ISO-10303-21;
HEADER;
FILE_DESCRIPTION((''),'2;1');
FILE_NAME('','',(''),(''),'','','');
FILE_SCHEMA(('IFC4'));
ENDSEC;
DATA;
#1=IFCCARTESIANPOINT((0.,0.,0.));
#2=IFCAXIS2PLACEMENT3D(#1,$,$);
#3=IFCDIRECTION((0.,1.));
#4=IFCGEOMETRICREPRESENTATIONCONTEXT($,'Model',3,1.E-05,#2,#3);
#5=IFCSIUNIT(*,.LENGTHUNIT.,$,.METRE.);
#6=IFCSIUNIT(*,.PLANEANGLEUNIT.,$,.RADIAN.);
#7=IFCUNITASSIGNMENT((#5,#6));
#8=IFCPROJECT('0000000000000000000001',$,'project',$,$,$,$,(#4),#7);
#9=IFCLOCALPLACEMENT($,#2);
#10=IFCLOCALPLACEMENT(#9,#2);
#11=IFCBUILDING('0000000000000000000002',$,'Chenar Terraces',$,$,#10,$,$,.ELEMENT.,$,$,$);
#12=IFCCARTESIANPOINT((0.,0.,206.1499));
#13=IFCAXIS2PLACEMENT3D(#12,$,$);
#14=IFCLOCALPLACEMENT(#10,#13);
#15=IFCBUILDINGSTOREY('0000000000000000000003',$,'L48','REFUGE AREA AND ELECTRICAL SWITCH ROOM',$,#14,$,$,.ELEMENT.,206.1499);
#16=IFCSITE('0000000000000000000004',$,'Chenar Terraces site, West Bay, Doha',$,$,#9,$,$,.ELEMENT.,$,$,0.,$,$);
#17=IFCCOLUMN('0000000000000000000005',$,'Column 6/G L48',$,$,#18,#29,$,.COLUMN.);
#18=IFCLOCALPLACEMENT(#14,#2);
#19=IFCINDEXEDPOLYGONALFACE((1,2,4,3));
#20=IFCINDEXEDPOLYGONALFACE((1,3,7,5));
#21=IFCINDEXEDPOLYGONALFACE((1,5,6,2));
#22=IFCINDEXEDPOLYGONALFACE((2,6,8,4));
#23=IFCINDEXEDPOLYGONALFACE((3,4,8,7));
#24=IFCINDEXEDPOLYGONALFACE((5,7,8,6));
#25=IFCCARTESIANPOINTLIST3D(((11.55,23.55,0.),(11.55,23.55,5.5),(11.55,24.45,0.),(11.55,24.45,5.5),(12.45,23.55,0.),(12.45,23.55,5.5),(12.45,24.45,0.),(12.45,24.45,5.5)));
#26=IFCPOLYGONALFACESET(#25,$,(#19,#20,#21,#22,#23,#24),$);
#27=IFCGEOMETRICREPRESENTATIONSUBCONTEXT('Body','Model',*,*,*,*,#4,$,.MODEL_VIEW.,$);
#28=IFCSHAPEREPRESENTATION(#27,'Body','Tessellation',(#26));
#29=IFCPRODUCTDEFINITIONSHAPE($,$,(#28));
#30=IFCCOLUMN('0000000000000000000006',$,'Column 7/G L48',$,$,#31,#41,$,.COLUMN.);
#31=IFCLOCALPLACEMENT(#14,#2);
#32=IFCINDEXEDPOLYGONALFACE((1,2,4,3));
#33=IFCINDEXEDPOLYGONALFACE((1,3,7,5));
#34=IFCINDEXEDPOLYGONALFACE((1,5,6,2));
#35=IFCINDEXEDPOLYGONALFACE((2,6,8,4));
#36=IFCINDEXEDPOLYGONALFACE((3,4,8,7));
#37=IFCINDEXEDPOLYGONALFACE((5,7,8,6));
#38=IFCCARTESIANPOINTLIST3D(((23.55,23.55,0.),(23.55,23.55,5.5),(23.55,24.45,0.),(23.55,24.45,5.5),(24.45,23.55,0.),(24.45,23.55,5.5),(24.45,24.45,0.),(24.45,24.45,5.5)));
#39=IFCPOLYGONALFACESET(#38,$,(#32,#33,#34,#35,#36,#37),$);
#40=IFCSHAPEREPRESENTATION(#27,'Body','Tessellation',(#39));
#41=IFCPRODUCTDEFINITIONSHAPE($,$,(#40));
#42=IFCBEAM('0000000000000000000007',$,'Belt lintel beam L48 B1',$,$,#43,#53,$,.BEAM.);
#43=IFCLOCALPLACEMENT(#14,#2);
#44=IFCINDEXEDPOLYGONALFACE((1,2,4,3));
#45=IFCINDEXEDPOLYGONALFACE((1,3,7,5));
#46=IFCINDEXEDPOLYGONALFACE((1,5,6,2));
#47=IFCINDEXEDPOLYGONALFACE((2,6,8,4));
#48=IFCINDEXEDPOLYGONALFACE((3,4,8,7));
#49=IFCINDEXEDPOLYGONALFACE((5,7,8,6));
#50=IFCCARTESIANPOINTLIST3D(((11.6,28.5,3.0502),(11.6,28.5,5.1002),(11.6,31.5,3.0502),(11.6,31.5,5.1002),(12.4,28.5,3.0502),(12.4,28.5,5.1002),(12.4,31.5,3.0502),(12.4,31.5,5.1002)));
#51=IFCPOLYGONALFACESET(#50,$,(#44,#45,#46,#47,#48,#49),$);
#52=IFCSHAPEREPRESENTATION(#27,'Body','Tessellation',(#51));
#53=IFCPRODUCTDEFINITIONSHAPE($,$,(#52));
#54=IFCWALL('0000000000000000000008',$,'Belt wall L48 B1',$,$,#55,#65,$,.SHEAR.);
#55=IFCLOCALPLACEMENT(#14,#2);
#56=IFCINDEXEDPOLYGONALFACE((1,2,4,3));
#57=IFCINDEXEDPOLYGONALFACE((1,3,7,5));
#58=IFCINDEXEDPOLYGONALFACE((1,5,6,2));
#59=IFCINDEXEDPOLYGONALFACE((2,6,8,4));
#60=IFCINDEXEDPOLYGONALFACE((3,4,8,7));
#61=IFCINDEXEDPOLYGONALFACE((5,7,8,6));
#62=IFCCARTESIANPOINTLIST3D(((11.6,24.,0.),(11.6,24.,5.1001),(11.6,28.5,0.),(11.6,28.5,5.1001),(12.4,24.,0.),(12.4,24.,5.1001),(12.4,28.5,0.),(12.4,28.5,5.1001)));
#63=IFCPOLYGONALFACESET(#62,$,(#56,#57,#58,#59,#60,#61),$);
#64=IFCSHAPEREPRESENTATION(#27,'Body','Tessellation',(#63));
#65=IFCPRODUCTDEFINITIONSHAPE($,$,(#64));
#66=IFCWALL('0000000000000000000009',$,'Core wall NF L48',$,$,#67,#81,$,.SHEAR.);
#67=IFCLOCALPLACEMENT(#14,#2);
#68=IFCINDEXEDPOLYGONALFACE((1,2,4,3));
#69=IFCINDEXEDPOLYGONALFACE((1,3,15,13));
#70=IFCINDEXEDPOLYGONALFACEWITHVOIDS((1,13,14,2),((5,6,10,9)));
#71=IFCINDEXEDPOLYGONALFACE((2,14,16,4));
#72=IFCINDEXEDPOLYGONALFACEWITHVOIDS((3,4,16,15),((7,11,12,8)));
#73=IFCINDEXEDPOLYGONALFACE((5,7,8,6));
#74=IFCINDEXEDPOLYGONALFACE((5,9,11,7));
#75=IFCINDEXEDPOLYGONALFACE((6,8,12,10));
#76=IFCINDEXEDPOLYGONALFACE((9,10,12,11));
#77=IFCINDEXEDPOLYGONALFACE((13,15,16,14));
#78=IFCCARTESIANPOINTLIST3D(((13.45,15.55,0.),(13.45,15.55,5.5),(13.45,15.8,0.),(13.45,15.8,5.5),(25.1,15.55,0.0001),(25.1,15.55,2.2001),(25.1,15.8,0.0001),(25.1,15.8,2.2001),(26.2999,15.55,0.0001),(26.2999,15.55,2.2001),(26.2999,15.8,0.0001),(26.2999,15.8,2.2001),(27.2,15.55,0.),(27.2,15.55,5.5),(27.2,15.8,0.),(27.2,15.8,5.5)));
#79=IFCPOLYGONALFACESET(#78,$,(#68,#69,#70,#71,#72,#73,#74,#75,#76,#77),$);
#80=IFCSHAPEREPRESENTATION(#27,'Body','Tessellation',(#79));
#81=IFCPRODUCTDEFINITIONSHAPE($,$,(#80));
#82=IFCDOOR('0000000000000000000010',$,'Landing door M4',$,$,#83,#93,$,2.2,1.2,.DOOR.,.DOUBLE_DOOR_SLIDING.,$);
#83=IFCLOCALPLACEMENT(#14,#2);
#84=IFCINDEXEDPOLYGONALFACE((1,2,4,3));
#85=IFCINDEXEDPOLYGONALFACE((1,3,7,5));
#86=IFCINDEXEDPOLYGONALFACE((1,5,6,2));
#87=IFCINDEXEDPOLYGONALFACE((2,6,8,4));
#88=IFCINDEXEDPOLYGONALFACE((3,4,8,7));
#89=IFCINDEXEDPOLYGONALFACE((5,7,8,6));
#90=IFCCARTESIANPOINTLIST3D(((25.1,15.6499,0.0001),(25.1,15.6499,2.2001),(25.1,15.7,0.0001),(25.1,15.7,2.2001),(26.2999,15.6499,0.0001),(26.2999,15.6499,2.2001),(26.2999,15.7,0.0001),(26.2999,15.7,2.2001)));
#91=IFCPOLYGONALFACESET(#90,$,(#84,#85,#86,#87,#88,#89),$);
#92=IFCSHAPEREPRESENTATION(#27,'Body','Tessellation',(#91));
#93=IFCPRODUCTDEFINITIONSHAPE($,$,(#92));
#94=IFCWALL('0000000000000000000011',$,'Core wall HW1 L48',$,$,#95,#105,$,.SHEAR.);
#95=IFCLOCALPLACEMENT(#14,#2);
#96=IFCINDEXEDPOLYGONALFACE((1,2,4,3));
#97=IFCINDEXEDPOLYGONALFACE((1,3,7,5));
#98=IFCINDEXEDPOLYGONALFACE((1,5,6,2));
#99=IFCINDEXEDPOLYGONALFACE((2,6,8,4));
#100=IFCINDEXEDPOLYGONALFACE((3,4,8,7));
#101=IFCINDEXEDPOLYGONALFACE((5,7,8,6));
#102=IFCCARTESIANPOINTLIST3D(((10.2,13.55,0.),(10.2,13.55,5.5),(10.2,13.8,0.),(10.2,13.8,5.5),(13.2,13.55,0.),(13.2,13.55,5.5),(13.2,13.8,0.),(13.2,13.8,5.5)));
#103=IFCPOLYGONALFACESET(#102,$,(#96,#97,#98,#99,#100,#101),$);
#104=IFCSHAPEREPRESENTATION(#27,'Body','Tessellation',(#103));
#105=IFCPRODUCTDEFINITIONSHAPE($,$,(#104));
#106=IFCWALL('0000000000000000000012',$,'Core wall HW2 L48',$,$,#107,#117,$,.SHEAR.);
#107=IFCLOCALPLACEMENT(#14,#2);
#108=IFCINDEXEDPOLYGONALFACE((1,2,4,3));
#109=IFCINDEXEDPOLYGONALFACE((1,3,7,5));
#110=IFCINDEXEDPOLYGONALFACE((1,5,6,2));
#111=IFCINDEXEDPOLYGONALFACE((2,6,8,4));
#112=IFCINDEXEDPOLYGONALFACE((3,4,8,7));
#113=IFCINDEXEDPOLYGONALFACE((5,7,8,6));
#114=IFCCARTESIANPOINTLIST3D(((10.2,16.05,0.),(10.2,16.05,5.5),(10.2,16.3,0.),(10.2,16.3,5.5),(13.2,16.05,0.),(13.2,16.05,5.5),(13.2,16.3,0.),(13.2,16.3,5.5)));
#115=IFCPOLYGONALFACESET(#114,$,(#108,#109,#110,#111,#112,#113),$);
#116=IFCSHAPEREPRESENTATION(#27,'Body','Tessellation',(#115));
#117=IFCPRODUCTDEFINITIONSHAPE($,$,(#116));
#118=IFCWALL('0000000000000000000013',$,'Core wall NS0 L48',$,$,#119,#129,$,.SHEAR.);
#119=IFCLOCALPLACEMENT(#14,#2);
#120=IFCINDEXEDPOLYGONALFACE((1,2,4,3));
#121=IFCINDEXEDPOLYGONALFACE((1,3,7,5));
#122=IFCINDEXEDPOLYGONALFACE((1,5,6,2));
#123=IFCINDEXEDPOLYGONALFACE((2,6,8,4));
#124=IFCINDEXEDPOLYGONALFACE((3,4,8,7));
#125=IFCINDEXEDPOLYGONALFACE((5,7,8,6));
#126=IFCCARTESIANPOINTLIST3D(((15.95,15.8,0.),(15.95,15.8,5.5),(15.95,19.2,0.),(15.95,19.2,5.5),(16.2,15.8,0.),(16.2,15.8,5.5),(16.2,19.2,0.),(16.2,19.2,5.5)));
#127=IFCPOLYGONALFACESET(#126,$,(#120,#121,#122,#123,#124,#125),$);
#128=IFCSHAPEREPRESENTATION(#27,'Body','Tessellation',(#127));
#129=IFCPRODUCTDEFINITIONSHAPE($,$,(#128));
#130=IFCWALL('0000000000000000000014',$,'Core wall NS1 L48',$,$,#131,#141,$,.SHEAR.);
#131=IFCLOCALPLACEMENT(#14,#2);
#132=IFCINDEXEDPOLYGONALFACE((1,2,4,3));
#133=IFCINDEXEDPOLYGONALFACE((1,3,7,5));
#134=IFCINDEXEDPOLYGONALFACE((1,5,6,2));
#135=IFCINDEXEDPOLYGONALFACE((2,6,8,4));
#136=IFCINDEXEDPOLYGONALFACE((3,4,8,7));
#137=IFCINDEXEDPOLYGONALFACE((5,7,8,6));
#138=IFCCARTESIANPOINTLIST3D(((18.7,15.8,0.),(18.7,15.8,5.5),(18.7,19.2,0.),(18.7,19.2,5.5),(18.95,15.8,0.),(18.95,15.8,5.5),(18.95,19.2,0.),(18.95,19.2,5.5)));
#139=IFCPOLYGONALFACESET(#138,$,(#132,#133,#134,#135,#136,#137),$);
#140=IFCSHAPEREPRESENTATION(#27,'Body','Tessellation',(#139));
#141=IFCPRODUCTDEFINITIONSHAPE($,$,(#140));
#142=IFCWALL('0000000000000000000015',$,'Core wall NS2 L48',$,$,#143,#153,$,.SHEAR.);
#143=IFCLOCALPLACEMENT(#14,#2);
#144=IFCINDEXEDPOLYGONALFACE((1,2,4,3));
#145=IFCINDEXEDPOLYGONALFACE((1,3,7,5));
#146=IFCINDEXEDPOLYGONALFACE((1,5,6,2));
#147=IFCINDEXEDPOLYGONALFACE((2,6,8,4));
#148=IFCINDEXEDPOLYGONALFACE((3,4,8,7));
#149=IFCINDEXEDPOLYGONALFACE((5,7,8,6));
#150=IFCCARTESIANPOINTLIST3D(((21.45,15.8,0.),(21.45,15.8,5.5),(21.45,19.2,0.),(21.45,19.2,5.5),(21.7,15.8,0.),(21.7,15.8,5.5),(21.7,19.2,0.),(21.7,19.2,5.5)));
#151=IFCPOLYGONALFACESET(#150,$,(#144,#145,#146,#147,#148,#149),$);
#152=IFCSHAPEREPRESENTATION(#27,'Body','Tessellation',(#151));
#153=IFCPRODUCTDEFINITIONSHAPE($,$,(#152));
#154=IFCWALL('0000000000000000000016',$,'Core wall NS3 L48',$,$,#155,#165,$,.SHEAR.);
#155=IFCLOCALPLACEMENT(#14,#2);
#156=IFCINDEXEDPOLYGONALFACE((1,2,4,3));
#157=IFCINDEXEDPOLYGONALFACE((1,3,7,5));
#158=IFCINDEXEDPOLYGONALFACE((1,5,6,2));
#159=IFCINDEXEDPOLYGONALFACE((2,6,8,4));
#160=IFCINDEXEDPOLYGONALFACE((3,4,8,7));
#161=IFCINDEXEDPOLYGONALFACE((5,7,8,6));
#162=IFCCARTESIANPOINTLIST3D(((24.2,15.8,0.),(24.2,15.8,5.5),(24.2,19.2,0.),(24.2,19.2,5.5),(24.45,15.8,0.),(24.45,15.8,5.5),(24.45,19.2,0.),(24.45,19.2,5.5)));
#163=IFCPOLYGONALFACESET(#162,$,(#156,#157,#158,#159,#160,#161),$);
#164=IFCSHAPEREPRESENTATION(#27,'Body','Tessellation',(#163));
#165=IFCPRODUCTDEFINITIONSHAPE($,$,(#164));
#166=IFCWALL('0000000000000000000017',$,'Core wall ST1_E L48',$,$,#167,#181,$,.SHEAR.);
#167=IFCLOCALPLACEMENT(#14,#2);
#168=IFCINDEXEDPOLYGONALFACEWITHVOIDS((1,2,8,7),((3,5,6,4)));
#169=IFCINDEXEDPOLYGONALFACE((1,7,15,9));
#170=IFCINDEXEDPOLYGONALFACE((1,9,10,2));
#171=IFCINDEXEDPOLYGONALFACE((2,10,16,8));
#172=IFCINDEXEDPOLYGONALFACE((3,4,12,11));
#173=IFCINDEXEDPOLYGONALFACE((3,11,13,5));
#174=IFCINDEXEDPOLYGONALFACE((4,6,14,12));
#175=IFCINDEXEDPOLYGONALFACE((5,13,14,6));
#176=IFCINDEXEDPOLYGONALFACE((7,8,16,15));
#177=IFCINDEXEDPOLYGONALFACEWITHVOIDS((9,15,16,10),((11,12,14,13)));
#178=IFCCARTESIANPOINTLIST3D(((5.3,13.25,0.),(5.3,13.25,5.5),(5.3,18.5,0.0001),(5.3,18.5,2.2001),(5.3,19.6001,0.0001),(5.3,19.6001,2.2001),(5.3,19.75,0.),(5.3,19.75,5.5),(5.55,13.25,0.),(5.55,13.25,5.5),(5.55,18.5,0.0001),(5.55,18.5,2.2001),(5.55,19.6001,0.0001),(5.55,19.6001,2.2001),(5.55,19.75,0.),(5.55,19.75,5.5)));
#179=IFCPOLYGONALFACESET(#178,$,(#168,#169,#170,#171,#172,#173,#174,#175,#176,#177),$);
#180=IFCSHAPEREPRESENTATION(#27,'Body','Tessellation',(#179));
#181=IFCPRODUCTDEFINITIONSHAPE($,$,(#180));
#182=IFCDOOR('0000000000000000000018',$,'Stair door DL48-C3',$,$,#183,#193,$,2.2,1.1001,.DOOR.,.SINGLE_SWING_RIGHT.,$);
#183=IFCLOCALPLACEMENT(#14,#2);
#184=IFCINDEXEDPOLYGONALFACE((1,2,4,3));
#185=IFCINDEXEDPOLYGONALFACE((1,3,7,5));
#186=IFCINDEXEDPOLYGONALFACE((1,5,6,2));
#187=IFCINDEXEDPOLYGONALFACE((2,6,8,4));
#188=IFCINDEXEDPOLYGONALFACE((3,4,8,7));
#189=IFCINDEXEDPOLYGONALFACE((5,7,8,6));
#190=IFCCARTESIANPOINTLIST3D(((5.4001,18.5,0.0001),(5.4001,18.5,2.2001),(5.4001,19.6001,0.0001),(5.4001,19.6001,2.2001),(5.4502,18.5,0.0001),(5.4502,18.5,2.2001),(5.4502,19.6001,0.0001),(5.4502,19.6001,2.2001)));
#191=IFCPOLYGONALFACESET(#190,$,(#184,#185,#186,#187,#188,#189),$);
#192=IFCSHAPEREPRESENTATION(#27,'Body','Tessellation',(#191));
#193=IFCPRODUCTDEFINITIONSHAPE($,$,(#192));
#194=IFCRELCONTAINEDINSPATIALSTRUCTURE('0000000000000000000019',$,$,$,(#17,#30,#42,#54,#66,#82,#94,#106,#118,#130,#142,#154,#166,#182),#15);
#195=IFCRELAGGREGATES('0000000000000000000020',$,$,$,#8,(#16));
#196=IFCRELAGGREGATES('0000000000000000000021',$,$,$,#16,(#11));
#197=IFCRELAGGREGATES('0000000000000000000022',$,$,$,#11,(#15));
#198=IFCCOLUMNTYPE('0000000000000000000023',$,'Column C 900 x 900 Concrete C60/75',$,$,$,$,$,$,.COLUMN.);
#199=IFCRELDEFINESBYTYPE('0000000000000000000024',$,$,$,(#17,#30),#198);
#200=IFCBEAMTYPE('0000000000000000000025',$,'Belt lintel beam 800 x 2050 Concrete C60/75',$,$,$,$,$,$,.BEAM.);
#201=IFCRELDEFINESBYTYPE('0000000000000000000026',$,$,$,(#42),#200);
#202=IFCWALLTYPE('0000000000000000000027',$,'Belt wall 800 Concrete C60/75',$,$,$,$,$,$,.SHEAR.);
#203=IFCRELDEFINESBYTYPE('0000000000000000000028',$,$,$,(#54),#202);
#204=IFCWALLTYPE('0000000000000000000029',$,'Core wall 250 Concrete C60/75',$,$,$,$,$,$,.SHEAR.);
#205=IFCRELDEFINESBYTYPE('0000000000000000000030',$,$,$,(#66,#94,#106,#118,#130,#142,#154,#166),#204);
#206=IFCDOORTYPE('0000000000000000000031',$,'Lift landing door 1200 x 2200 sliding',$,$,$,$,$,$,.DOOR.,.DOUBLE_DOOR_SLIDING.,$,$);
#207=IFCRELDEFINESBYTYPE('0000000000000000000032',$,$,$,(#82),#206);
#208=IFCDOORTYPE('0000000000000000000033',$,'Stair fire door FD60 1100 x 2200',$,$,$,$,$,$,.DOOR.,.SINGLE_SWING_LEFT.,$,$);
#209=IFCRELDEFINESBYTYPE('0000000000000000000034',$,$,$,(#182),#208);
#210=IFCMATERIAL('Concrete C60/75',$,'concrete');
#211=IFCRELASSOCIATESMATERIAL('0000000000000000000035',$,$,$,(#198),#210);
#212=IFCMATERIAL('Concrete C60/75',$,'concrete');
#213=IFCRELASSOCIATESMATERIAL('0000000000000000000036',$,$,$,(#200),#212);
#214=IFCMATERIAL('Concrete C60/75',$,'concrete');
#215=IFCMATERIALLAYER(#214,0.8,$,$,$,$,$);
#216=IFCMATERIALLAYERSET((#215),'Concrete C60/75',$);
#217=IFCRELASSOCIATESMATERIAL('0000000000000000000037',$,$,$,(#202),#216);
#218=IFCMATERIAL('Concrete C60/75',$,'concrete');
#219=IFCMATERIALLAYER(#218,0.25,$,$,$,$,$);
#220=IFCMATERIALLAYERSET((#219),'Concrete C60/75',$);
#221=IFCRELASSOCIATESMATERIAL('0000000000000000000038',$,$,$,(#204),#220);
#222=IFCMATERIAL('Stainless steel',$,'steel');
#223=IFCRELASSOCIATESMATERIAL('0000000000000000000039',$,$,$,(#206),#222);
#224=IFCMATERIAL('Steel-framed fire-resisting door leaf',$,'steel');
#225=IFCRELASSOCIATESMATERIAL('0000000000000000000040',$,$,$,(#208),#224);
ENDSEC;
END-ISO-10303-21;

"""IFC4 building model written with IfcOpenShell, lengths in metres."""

from ifc_helpers import new_model, si_unit, direction, frame, frame_2d, origin, origin_2d, place, context, subcontext, project, spatial, rectangle, extrude, material, layer, layer_set, material_profile, profile_set, type_object, element, fill, save


model = new_model("IFC4")

# Units and contexts
model_context = context("Model", 3, precision=1e-05, world=origin(), true_north=direction((0.0, 1.0)))
body_context = subcontext(model_context, "Body", "Model", "MODEL_VIEW")
ifc_project = project(units=[si_unit("LENGTHUNIT", "METRE"), si_unit("PLANEANGLEUNIT", "RADIAN")], contexts=[model_context])

# Site, building, storey
site_placement = place(None, origin())
site = spatial("IfcSite", under=ifc_project, at=site_placement, Name="Chenar Terraces site, West Bay, Doha", CompositionType="ELEMENT", RefElevation=0.0)
building_placement = place(site_placement, origin())
building = spatial("IfcBuilding", under=site, at=building_placement, Name="Chenar Terraces", CompositionType="ELEMENT")
storey_placement = place(building_placement, frame((0.0, 0.0, 206.1499)))
storey = spatial("IfcBuildingStorey", under=building, at=storey_placement, Name="L48", Description="REFUGE AREA AND ELECTRICAL SWITCH ROOM", CompositionType="ELEMENT", Elevation=206.1499)

# Columns
ifc_material_1 = material(Name="Concrete C60/75", Category="concrete")
ifc_material_profile_1 = material_profile(ifc_material_1, rectangle(XDim=0.8999, YDim=0.8999, at=origin_2d()), Name="C 900 x 900")
ifc_profile_set_1 = profile_set([ifc_material_profile_1], Name="Concrete C60/75")
column_type = type_object("IfcColumnType", Name="Column C 900 x 900 Concrete C60/75", PredefinedType="COLUMN", material=ifc_profile_set_1)
for number, where, z_axis, x_axis, name in (
    (1, (12.0, 24.0, 0.0), (0.0, 0.0, 1.0), (1.0, 0.0, 0.0), "Column 6/G L48"),
    (2, (24.0, 24.0, 0.0), (0.0, 0.0, 1.0), (1.0, 0.0, 0.0), "Column 7/G L48"),
):
    element("IfcColumn", number, at=place(storey_placement, frame(where, z_axis=z_axis, x_axis=x_axis)), inside=storey, type_object=column_type, Name=name, PredefinedType="COLUMN", context=body_context, shape_type="SweptSolid", body=[
        extrude(rectangle(XDim=0.8999, YDim=0.8999, at=origin_2d()), origin(), (0.0, 0.0, 1.0), 5.5),
    ])

# Beam
ifc_material_2 = material(Name="Concrete C60/75", Category="concrete")
ifc_material_profile_2 = material_profile(ifc_material_2, rectangle(XDim=0.8, YDim=2.05, at=origin_2d()), Name="RC 800 x 2050")
ifc_profile_set_2 = profile_set([ifc_material_profile_2], Name="Concrete C60/75")
beam_type = type_object("IfcBeamType", Name="Belt lintel beam 800 x 2050 Concrete C60/75", PredefinedType="BEAM", material=ifc_profile_set_2)
beam_placement = place(storey_placement, frame((12.0, 28.5, 4.0752), z_axis=(0.0, 1.0, 0.0), x_axis=(-1.0, 0.0, 0.0)))
element("IfcBeam", 3, at=beam_placement, inside=storey, type_object=beam_type, Name="Belt lintel beam L48 B1", PredefinedType="BEAM", context=body_context, shape_type="SweptSolid", body=[
    extrude(rectangle(XDim=0.8, YDim=2.05, at=origin_2d()), origin(), (0.0, 0.0, 1.0), 3.0),
])

# Wall
ifc_material_3 = material(Name="Concrete C60/75", Category="concrete")
ifc_layer_1 = layer(ifc_material_3, 0.8)
ifc_layer_set_1 = layer_set([ifc_layer_1], Name="Concrete C60/75")
wall_type_1 = type_object("IfcWallType", Name="Belt wall 800 Concrete C60/75", PredefinedType="SHEAR", material=ifc_layer_set_1)
wall_1_placement = place(storey_placement, frame((12.0, 24.0, 0.0), z_axis=(0.0, 0.0, 1.0), x_axis=(0.0, 1.0, 0.0)))
element("IfcWall", 4, at=wall_1_placement, inside=storey, type_object=wall_type_1, Name="Belt wall L48 B1", PredefinedType="SHEAR", context=body_context, shape_type="SweptSolid", body=[
    extrude(rectangle(XDim=4.5, YDim=0.8, at=frame_2d((2.25, 0.0))), origin(), (0.0, 0.0, 1.0), 5.1001),
])

# Wall, opening, door
ifc_material_4 = material(Name="Concrete C60/75", Category="concrete")
ifc_layer_2 = layer(ifc_material_4, 0.25)
ifc_layer_set_2 = layer_set([ifc_layer_2], Name="Concrete C60/75")
wall_type_2 = type_object("IfcWallType", Name="Core wall 250 Concrete C60/75", PredefinedType="SHEAR", material=ifc_layer_set_2)
wall_2_placement = place(storey_placement, frame((13.45, 15.675, 0.0), z_axis=(0.0, 0.0, 1.0), x_axis=(1.0, 0.0, 0.0)))
wall_2 = element("IfcWall", 5, at=wall_2_placement, inside=storey, type_object=wall_type_2, Name="Core wall NF L48", PredefinedType="SHEAR", context=body_context, shape_type="SweptSolid", body=[
    extrude(rectangle(XDim=13.75, YDim=0.25, at=frame_2d((6.875, 0.0))), origin(), (0.0, 0.0, 1.0), 5.5),
])
opening_1_placement = place(wall_2_placement, frame((11.6499, 0.0, 0.0)))
opening_1 = element("IfcOpeningElement", 6, at=opening_1_placement, cuts=wall_2, PredefinedType="OPENING", context=body_context, shape_type="SweptSolid", body=[
    extrude(rectangle(XDim=1.2, YDim=2.2, at=frame_2d((0.6001, 1.1001))), frame((0.0, 0.135, 0.0), z_axis=(0.0, -1.0, 0.0), x_axis=(1.0, 0.0, 0.0)), (0.0, 0.0, 1.0), 0.27),
])
ifc_material_5 = material(Name="Stainless steel", Category="steel")
door_type_1 = type_object("IfcDoorType", Name="Lift landing door 1200 x 2200 sliding", OperationType="DOUBLE_DOOR_SLIDING", PredefinedType="DOOR", material=ifc_material_5)
door_1_placement = place(opening_1_placement, origin())
door_1 = element("IfcDoor", 7, at=door_1_placement, inside=storey, type_object=door_type_1, Name="Landing door M4", OperationType="DOUBLE_DOOR_SLIDING", OverallHeight=2.2, OverallWidth=1.2, PredefinedType="DOOR", context=body_context, shape_type="SweptSolid", body=[
    extrude(rectangle(XDim=1.2, YDim=2.2, at=frame_2d((0.6001, 1.1001))), frame((0.0, 0.0249, 0.0), z_axis=(0.0, -1.0, 0.0), x_axis=(1.0, 0.0, 0.0)), (0.0, 0.0, 1.0), 0.05),
])
fill(opening_1, door_1)

# Walls
for number, where, z_axis, x_axis, name in (
    (8, (10.2, 13.675, 0.0), (0.0, 0.0, 1.0), (1.0, 0.0, 0.0), "Core wall HW1 L48"),
    (9, (10.2, 16.175, 0.0), (0.0, 0.0, 1.0), (1.0, 0.0, 0.0), "Core wall HW2 L48"),
):
    element("IfcWall", number, at=place(storey_placement, frame(where, z_axis=z_axis, x_axis=x_axis)), inside=storey, type_object=wall_type_2, Name=name, PredefinedType="SHEAR", context=body_context, shape_type="SweptSolid", body=[
        extrude(rectangle(XDim=3.0, YDim=0.25, at=frame_2d((1.5, 0.0))), origin(), (0.0, 0.0, 1.0), 5.5),
    ])
for number, where, z_axis, x_axis, name in (
    (10, (16.075, 15.8, 0.0), (0.0, 0.0, 1.0), (0.0, 1.0, 0.0), "Core wall NS0 L48"),
    (11, (18.825, 15.8, 0.0), (0.0, 0.0, 1.0), (0.0, 1.0, 0.0), "Core wall NS1 L48"),
    (12, (21.575, 15.8, 0.0), (0.0, 0.0, 1.0), (0.0, 1.0, 0.0), "Core wall NS2 L48"),
    (13, (24.325, 15.8, 0.0), (0.0, 0.0, 1.0), (0.0, 1.0, 0.0), "Core wall NS3 L48"),
):
    element("IfcWall", number, at=place(storey_placement, frame(where, z_axis=z_axis, x_axis=x_axis)), inside=storey, type_object=wall_type_2, Name=name, PredefinedType="SHEAR", context=body_context, shape_type="SweptSolid", body=[
        extrude(rectangle(XDim=3.3999, YDim=0.25, at=frame_2d((1.7, 0.0))), origin(), (0.0, 0.0, 1.0), 5.5),
    ])

# Wall, opening, door
wall_3_placement = place(storey_placement, frame((5.425, 13.25, 0.0), z_axis=(0.0, 0.0, 1.0), x_axis=(0.0, 1.0, 0.0)))
wall_3 = element("IfcWall", 14, at=wall_3_placement, inside=storey, type_object=wall_type_2, Name="Core wall ST1_E L48", PredefinedType="SHEAR", context=body_context, shape_type="SweptSolid", body=[
    extrude(rectangle(XDim=6.5, YDim=0.25, at=frame_2d((3.25, 0.0))), origin(), (0.0, 0.0, 1.0), 5.5),
])
opening_2_placement = place(wall_3_placement, frame((5.25, 0.0, 0.0)))
opening_2 = element("IfcOpeningElement", 15, at=opening_2_placement, cuts=wall_3, PredefinedType="OPENING", context=body_context, shape_type="SweptSolid", body=[
    extrude(rectangle(XDim=1.1001, YDim=2.2, at=frame_2d((0.55, 1.1001))), frame((0.0, 0.135, 0.0), z_axis=(0.0, -1.0, 0.0), x_axis=(1.0, 0.0, 0.0)), (0.0, 0.0, 1.0), 0.27),
])
ifc_material_6 = material(Name="Steel-framed fire-resisting door leaf", Category="steel")
door_type_2 = type_object("IfcDoorType", Name="Stair fire door FD60 1100 x 2200", OperationType="SINGLE_SWING_LEFT", PredefinedType="DOOR", material=ifc_material_6)
door_2_placement = place(opening_2_placement, origin())
door_2 = element("IfcDoor", 16, at=door_2_placement, inside=storey, type_object=door_type_2, Name="Stair door DL48-C3", OperationType="SINGLE_SWING_RIGHT", OverallHeight=2.2, OverallWidth=1.1001, PredefinedType="DOOR", context=body_context, shape_type="SweptSolid", body=[
    extrude(rectangle(XDim=1.1001, YDim=2.2, at=frame_2d((0.55, 1.1001))), frame((0.0, 0.0249, 0.0), z_axis=(0.0, -1.0, 0.0), x_axis=(1.0, 0.0, 0.0)), (0.0, 0.0, 1.0), 0.05),
])
fill(opening_2, door_2)

save(model, "model.ifc")
